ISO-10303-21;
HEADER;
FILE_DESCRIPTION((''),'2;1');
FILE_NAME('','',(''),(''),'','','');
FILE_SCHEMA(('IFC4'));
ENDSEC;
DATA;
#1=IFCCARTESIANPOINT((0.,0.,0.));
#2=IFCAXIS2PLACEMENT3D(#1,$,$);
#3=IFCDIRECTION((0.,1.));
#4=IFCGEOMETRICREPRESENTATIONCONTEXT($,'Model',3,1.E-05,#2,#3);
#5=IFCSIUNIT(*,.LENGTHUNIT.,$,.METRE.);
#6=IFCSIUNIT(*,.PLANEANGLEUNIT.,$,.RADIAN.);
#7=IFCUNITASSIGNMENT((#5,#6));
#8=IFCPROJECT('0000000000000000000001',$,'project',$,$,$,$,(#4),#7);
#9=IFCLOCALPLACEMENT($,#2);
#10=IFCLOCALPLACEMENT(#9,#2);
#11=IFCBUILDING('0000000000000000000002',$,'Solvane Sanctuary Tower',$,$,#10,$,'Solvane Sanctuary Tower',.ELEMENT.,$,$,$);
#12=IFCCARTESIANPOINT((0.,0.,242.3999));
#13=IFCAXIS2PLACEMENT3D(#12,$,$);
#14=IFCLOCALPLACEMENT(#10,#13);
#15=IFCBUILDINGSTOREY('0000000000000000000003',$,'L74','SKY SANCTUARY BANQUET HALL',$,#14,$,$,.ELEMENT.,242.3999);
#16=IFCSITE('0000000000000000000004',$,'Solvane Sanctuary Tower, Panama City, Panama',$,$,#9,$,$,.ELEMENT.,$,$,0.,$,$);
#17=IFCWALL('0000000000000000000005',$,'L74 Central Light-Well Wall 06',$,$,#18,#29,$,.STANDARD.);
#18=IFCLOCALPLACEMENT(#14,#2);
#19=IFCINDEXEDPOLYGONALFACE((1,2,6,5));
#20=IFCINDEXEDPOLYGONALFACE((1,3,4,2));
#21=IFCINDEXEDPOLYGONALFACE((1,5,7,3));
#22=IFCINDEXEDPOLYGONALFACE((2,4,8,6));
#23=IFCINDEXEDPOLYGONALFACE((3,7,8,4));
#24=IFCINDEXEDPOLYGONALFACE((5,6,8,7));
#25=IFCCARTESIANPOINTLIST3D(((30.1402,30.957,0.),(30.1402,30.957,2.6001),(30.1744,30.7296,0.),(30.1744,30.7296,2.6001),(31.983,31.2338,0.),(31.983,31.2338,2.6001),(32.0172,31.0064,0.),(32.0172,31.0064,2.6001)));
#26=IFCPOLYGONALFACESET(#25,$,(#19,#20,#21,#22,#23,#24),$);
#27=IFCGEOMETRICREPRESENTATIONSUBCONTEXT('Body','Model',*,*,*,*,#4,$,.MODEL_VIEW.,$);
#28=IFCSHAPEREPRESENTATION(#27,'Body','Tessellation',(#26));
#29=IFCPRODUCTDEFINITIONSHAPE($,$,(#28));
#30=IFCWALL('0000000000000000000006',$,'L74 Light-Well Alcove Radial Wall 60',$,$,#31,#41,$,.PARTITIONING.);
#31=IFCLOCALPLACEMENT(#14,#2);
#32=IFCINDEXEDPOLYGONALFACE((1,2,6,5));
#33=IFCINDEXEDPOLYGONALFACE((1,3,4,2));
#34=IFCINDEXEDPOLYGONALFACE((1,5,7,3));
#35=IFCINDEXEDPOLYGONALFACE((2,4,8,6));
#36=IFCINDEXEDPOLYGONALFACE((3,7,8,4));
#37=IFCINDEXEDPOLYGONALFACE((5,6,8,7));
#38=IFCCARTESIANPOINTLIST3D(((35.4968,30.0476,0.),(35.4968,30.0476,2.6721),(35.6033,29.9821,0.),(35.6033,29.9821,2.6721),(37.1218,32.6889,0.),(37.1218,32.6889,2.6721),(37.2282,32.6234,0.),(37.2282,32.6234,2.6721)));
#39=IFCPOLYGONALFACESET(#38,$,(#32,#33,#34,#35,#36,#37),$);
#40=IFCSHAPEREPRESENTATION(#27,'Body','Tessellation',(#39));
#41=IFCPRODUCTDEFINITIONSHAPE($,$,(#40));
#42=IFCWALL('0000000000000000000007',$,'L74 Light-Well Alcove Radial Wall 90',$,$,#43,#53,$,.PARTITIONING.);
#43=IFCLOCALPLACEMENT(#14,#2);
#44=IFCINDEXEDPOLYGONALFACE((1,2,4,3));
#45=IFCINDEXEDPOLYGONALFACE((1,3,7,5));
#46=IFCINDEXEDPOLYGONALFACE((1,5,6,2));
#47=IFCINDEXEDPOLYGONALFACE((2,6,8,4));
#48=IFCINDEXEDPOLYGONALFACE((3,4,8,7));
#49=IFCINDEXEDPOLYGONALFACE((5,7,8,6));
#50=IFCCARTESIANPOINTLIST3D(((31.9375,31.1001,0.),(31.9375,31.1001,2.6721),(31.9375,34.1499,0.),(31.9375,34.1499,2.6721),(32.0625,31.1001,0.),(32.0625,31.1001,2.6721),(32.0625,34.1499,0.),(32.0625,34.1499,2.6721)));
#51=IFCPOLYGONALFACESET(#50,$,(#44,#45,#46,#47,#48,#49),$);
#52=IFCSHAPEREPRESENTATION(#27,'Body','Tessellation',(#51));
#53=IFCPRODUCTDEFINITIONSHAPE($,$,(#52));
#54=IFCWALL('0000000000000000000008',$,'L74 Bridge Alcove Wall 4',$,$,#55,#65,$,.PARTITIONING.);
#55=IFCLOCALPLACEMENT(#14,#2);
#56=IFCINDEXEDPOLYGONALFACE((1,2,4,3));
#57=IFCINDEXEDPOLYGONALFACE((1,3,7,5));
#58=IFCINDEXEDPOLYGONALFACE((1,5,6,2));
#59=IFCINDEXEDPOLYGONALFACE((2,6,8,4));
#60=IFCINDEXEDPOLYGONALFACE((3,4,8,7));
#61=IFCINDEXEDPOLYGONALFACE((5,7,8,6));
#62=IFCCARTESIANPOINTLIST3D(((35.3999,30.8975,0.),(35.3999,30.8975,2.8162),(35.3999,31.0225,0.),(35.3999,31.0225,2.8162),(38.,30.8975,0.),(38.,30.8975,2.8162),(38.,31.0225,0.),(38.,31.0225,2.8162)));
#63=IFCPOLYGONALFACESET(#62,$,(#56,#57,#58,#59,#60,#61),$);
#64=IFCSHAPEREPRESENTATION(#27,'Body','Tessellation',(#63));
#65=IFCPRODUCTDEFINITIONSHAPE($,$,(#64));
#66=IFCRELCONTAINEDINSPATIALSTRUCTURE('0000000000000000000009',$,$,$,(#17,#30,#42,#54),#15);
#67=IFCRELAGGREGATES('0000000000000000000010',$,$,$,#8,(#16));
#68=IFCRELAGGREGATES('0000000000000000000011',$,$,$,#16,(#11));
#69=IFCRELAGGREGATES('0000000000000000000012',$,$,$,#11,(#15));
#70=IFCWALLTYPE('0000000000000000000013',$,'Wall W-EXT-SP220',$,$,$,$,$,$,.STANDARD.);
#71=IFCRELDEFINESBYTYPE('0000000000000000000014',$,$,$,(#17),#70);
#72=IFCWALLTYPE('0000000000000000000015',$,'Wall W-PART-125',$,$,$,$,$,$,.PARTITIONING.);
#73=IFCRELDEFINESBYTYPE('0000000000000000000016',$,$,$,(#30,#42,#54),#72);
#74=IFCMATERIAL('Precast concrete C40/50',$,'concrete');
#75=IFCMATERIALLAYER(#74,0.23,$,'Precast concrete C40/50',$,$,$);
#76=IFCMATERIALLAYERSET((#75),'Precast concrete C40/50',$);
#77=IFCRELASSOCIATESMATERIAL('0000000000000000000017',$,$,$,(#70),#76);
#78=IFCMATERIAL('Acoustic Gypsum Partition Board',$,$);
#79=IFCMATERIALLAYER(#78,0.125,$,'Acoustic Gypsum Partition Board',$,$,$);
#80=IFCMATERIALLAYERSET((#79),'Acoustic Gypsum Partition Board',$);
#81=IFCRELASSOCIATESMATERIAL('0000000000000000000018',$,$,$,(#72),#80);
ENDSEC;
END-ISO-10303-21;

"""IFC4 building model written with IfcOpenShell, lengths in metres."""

from ifc_helpers import new_model, si_unit, direction, frame, frame_2d, origin, place, context, subcontext, project, spatial, rectangle, extrude, material, layer, layer_set, type_object, element, save


model = new_model("IFC4")

# Units and contexts
model_context = context("Model", 3, precision=1e-05, world=origin(), true_north=direction((0.0, 1.0)))
body_context = subcontext(model_context, "Body", "Model", "MODEL_VIEW")
ifc_project = project(units=[si_unit("LENGTHUNIT", "METRE"), si_unit("PLANEANGLEUNIT", "RADIAN")], contexts=[model_context])

# Site, building, storey
site_placement = place(None, origin())
site = spatial("IfcSite", under=ifc_project, at=site_placement, Name="Solvane Sanctuary Tower, Panama City, Panama", CompositionType="ELEMENT", RefElevation=0.0)
building_placement = place(site_placement, origin())
building = spatial("IfcBuilding", under=site, at=building_placement, Name="Solvane Sanctuary Tower", LongName="Solvane Sanctuary Tower", CompositionType="ELEMENT")
storey_placement = place(building_placement, frame((0.0, 0.0, 242.3999)))
storey = spatial("IfcBuildingStorey", under=building, at=storey_placement, Name="L74", Description="SKY SANCTUARY BANQUET HALL", CompositionType="ELEMENT", Elevation=242.3999)

# Shared definitions
ifc_material_1 = material(Name="Acoustic Gypsum Partition Board")

# Walls
ifc_material_2 = material(Name="Precast concrete C40/50", Category="concrete")
ifc_layer_1 = layer(ifc_material_2, 0.23, Name="Precast concrete C40/50")
ifc_layer_set_1 = layer_set([ifc_layer_1], Name="Precast concrete C40/50")
wall_type_1 = type_object("IfcWallType", Name="Wall W-EXT-SP220", PredefinedType="STANDARD", material=ifc_layer_set_1)
for number, where, z_axis, x_axis, name in (
    (1, (32.0, 31.1201, 0.0), (0.0, 0.0, 1.0), (-0.988902, -0.148571, 0.0), "L74 Central Light-Well Wall 06"),
):
    element("IfcWall", number, at=place(storey_placement, frame(where, z_axis=z_axis, x_axis=x_axis)), inside=storey, type_object=wall_type_1, Name=name, PredefinedType="STANDARD", context=body_context, shape_type="SweptSolid", body=[
        extrude(rectangle(XDim=1.8635, YDim=0.23, at=frame_2d((0.9316, 0.0))), origin(), (0.0, 0.0, 1.0), 2.6001),
    ])
ifc_layer_2 = layer(ifc_material_1, 0.125, Name="Acoustic Gypsum Partition Board")
ifc_layer_set_2 = layer_set([ifc_layer_2], Name="Acoustic Gypsum Partition Board")
wall_type_2 = type_object("IfcWallType", Name="Wall W-PART-125", PredefinedType="PARTITIONING", material=ifc_layer_set_2)
wall_1_placement = place(storey_placement, frame((35.55, 30.0149, 0.0), z_axis=(0.0, 0.0, 1.0), x_axis=(0.523992, 0.851723, 0.0)))
element("IfcWall", 2, at=wall_1_placement, inside=storey, type_object=wall_type_2, Name="L74 Light-Well Alcove Radial Wall 60", PredefinedType="PARTITIONING", context=body_context, shape_type="SweptSolid", body=[
    extrude(rectangle(XDim=3.1011, YDim=0.125, at=frame_2d((1.5505, 0.0))), origin(), (0.0, 0.0, 1.0), 2.6721),
])
wall_2_placement = place(storey_placement, frame((32.0, 31.1001, 0.0), z_axis=(0.0, 0.0, 1.0), x_axis=(0.0, 1.0, 0.0)))
element("IfcWall", 3, at=wall_2_placement, inside=storey, type_object=wall_type_2, Name="L74 Light-Well Alcove Radial Wall 90", PredefinedType="PARTITIONING", context=body_context, shape_type="SweptSolid", body=[
    extrude(rectangle(XDim=3.0498, YDim=0.125, at=frame_2d((1.5249, 0.0))), origin(), (0.0, 0.0, 1.0), 2.6721),
])
wall_3_placement = place(storey_placement, frame((35.3999, 30.96, 0.0), z_axis=(0.0, 0.0, 1.0), x_axis=(1.0, 0.0, 0.0)))
element("IfcWall", 4, at=wall_3_placement, inside=storey, type_object=wall_type_2, Name="L74 Bridge Alcove Wall 4", PredefinedType="PARTITIONING", context=body_context, shape_type="SweptSolid", body=[
    extrude(rectangle(XDim=2.6001, YDim=0.125, at=frame_2d((1.3, 0.0))), origin(), (0.0, 0.0, 1.0), 2.8162),
])

save(model, "model.ifc")
